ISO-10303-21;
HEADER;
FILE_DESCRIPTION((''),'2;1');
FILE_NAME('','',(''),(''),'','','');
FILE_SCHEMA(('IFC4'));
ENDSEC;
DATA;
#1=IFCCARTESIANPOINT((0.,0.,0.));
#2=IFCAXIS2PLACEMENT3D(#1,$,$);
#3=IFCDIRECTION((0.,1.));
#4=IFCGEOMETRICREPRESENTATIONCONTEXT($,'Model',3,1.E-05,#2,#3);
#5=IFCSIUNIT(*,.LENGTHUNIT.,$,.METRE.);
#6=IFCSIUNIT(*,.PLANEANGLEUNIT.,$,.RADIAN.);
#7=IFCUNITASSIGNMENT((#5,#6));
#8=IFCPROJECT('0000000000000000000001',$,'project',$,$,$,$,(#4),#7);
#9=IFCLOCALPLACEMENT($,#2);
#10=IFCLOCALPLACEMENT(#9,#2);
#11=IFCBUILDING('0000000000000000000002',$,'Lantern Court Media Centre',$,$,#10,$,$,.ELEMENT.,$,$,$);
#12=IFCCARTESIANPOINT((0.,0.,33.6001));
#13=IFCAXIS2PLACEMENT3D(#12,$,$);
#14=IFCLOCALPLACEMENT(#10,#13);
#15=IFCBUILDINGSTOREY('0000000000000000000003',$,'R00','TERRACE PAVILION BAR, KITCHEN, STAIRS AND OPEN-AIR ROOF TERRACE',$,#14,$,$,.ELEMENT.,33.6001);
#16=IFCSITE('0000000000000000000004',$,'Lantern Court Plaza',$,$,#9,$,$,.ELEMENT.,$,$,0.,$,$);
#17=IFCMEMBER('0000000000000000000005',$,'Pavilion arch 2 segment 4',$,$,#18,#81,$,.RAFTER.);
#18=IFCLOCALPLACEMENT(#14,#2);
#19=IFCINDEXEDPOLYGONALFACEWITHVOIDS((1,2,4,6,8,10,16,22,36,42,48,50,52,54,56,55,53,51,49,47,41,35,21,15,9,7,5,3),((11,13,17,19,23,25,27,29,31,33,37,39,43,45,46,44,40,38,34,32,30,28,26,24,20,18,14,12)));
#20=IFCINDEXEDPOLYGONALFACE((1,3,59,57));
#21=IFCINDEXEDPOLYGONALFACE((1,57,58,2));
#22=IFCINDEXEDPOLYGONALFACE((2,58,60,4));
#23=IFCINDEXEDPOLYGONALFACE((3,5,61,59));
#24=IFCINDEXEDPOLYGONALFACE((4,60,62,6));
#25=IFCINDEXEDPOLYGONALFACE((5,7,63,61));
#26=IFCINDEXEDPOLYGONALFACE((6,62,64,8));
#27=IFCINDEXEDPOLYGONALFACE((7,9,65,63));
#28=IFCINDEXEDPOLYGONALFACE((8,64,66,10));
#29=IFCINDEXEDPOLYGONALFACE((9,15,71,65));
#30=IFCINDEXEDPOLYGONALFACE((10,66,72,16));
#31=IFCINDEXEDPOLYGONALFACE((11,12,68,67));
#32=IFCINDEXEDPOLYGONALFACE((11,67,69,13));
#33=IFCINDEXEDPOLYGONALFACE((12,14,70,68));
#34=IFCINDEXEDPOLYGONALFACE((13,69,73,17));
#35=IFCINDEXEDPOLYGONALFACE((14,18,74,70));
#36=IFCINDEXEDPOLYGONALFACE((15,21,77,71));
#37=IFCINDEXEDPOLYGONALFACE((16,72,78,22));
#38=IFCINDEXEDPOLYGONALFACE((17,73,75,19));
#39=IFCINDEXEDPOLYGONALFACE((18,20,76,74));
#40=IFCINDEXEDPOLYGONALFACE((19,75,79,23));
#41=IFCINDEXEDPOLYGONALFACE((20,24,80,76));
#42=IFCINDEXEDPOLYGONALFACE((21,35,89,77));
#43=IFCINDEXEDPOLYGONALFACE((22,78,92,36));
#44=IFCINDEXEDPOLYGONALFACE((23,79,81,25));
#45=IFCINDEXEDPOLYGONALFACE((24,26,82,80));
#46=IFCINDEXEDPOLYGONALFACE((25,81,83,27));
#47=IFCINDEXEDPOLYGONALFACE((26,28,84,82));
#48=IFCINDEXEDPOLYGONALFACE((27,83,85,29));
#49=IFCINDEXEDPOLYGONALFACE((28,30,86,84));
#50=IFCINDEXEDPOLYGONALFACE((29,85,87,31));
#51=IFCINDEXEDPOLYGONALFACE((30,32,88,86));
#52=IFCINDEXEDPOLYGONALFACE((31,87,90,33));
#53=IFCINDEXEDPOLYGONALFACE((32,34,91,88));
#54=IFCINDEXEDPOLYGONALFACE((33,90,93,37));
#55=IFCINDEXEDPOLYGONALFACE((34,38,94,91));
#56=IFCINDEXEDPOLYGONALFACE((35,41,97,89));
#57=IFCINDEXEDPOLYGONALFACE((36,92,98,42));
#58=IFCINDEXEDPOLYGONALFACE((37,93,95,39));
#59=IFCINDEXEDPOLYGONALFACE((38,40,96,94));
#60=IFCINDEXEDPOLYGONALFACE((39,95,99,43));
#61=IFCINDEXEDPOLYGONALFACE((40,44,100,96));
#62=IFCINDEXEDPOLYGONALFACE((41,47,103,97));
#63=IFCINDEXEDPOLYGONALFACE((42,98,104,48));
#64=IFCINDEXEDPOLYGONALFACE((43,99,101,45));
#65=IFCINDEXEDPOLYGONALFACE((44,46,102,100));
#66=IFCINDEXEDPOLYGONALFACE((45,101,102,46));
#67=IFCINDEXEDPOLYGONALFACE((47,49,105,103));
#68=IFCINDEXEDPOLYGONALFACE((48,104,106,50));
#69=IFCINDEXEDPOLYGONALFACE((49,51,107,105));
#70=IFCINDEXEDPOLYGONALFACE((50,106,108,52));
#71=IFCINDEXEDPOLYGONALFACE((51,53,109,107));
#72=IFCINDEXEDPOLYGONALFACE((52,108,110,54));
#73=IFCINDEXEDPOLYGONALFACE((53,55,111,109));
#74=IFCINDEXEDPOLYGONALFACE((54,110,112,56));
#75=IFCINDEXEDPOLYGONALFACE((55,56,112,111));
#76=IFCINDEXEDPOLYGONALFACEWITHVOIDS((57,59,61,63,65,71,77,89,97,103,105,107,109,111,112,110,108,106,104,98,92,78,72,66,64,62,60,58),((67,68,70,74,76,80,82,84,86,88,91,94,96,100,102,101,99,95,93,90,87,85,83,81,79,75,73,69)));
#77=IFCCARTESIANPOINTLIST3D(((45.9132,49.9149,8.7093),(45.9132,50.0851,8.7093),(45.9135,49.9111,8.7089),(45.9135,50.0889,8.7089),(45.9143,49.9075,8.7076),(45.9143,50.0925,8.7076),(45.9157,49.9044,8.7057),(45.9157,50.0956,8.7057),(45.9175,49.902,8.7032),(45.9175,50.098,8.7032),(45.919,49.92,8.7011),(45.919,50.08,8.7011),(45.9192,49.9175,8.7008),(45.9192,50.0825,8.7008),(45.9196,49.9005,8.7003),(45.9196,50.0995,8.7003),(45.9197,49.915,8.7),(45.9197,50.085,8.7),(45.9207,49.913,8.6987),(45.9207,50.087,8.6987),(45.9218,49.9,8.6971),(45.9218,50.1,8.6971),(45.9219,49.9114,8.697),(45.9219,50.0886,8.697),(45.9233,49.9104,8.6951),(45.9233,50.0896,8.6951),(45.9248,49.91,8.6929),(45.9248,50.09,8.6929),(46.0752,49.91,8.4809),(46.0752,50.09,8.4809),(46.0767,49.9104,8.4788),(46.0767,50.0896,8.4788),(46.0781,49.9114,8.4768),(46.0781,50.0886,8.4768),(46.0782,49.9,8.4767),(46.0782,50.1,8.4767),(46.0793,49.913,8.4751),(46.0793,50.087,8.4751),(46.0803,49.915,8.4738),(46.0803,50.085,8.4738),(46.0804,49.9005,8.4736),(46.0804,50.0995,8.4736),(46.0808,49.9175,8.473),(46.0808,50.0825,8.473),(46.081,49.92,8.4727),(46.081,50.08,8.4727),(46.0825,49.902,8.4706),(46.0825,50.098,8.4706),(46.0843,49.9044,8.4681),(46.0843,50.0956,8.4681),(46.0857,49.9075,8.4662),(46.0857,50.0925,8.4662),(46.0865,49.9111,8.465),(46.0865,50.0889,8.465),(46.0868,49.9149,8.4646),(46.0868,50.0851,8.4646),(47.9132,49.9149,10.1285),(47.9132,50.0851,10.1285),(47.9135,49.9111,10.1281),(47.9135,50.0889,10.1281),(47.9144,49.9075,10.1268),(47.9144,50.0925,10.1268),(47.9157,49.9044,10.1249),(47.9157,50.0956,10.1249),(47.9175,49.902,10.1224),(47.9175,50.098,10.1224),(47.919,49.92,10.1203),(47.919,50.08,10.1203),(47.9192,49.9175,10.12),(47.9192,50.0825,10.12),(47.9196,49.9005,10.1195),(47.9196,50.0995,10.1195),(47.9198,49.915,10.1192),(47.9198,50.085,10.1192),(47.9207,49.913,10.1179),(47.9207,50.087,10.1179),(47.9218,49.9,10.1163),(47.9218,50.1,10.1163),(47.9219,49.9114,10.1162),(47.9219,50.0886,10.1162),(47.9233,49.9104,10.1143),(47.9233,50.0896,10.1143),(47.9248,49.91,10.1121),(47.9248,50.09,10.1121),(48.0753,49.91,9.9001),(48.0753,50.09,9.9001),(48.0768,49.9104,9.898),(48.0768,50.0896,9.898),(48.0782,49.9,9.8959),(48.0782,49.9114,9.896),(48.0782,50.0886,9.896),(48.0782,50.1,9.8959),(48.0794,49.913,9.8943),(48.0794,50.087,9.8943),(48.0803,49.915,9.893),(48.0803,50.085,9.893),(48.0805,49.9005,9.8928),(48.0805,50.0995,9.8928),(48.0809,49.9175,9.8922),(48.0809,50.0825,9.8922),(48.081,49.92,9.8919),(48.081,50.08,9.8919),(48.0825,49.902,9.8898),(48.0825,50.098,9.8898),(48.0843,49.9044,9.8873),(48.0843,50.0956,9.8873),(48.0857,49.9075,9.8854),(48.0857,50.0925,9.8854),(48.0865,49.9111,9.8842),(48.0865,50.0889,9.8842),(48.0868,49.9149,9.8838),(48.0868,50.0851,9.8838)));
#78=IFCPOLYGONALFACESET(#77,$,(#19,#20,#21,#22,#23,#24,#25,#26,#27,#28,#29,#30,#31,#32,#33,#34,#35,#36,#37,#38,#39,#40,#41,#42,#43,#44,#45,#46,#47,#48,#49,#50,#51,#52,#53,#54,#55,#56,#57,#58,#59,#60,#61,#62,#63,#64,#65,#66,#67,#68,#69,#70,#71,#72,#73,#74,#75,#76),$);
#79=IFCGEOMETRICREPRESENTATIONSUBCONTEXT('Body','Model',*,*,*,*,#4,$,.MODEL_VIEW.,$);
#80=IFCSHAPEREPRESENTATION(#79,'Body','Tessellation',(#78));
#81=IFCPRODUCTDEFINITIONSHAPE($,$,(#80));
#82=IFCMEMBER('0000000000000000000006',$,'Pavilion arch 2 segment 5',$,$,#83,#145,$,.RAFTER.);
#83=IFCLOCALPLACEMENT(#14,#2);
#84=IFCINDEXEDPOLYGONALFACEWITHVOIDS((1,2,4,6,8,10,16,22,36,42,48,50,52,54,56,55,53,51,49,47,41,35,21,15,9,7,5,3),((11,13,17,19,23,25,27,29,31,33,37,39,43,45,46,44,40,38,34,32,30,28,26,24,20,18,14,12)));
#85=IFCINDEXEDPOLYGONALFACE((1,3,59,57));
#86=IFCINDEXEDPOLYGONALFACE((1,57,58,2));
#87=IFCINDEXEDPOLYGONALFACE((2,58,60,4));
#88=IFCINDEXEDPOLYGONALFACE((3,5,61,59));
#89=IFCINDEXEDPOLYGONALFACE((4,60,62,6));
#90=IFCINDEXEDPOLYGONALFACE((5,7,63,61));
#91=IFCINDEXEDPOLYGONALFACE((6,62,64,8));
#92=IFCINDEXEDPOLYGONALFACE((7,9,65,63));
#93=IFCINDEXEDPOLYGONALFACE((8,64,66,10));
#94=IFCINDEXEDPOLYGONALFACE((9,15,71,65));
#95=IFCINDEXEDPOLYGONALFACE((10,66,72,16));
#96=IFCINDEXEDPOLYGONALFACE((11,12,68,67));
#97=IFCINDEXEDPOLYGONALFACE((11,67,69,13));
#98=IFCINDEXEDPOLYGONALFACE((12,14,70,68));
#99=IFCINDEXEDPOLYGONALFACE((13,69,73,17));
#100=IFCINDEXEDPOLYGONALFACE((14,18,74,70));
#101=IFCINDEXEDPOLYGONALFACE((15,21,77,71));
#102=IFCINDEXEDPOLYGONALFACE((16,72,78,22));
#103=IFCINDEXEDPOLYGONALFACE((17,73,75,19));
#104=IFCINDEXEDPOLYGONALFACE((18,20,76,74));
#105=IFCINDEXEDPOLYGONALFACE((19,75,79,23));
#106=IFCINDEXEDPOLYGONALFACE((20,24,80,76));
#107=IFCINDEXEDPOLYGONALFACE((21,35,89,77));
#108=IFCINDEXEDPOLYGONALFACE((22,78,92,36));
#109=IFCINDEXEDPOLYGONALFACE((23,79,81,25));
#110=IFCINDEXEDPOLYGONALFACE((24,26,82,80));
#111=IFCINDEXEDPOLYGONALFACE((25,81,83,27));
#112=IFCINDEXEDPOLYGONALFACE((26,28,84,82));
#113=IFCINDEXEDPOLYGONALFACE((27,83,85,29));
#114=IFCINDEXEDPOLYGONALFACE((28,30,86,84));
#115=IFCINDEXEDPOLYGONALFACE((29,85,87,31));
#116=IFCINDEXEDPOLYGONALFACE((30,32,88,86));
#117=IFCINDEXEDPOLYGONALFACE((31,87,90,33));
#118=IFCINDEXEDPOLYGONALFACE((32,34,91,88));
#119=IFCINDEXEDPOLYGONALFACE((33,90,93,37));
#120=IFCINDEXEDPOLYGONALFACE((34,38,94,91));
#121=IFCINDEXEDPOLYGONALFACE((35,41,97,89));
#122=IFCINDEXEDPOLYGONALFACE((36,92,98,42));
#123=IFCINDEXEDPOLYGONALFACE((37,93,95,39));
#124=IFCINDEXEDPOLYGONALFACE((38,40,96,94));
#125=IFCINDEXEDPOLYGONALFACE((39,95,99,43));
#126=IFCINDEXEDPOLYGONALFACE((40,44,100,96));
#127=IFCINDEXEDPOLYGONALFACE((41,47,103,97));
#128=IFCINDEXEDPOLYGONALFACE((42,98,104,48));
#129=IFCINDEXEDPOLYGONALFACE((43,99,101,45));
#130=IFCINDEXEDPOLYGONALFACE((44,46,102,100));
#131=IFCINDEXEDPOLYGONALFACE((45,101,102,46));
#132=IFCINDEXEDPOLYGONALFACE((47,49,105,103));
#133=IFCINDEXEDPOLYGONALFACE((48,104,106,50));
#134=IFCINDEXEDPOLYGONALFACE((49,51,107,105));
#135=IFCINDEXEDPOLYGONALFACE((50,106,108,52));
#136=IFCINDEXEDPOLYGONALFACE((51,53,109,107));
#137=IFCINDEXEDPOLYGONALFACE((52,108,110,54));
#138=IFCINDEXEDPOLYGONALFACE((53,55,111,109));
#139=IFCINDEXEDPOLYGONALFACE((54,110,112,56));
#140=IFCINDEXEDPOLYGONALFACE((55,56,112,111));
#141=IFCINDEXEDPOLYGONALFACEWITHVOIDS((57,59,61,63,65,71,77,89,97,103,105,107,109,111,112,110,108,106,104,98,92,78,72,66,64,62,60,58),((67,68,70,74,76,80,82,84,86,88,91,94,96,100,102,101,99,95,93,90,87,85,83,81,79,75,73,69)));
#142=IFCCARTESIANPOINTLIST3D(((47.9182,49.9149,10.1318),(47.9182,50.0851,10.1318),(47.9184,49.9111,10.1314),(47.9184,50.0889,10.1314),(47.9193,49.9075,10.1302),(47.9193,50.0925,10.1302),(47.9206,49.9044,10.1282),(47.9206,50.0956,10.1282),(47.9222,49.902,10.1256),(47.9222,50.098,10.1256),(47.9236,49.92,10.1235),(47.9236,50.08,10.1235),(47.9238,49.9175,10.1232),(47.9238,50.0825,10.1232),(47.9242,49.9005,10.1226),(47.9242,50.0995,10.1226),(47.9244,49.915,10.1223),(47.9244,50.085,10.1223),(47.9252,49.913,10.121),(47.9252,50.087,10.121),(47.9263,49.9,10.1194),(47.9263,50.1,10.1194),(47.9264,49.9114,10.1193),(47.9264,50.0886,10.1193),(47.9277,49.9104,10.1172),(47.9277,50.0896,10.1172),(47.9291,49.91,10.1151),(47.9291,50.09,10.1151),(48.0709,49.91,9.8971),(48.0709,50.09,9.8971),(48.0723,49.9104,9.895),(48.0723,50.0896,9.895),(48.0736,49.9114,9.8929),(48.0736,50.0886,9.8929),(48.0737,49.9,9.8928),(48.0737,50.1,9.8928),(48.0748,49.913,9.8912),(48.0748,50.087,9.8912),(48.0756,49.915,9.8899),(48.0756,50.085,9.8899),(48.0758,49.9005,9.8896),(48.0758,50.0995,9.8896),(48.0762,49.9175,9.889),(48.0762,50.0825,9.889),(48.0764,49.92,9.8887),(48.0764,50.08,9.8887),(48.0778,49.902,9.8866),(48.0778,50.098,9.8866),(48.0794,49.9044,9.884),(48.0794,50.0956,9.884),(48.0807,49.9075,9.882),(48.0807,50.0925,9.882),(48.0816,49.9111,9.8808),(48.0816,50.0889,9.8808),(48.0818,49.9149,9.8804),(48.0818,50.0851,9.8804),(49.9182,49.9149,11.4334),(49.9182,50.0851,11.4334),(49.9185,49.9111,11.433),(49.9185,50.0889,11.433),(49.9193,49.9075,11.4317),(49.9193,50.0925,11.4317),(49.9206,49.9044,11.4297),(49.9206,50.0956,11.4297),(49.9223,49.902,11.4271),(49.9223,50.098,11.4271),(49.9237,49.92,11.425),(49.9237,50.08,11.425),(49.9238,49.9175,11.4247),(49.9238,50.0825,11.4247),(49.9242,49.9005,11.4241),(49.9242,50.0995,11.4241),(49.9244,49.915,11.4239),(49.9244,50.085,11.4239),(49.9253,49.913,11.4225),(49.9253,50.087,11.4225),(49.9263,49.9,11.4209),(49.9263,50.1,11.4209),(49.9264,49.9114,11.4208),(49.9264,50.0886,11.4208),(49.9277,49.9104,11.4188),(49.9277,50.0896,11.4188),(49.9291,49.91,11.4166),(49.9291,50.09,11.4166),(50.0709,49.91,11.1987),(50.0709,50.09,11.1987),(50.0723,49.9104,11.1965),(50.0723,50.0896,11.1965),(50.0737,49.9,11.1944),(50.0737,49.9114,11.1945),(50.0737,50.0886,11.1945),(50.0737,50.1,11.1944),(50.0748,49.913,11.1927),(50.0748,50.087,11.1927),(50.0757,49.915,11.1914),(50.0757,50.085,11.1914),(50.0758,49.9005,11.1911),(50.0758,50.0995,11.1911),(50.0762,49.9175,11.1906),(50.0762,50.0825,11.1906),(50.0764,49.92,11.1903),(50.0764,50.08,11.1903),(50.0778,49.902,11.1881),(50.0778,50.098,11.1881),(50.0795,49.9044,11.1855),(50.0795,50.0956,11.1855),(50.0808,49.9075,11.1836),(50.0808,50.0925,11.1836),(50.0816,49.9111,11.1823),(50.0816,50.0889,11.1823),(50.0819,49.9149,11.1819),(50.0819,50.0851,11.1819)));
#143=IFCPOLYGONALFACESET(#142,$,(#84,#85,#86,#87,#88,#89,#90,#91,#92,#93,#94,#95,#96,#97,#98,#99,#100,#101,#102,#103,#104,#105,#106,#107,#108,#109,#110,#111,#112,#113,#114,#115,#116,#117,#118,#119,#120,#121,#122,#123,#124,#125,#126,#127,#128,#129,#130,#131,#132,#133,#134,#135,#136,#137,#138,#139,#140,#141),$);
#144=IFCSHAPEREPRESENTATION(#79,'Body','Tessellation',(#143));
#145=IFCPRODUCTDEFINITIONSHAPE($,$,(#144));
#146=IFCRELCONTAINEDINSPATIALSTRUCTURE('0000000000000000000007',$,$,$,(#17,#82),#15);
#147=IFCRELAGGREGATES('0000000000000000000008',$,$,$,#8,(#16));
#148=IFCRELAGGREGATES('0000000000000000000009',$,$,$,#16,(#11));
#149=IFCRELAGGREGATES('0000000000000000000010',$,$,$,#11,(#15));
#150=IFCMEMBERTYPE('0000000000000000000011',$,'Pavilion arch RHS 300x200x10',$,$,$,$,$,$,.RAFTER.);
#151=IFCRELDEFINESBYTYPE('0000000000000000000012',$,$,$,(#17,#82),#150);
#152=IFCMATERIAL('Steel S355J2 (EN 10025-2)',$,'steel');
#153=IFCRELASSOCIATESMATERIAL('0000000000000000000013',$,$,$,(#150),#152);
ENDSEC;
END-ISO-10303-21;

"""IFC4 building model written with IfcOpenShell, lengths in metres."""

from ifc_helpers import new_model, si_unit, direction, frame, origin, origin_2d, place, context, subcontext, project, spatial, hollow_rectangle, extrude, material, material_profile, profile_set, type_object, element, save


model = new_model("IFC4")

# Units and contexts
model_context = context("Model", 3, precision=1e-05, world=origin(), true_north=direction((0.0, 1.0)))
body_context = subcontext(model_context, "Body", "Model", "MODEL_VIEW")
ifc_project = project(units=[si_unit("LENGTHUNIT", "METRE"), si_unit("PLANEANGLEUNIT", "RADIAN")], contexts=[model_context])

# Site, building, storey
site_placement = place(None, origin())
site = spatial("IfcSite", under=ifc_project, at=site_placement, Name="Lantern Court Plaza", CompositionType="ELEMENT", RefElevation=0.0)
building_placement = place(site_placement, origin())
building = spatial("IfcBuilding", under=site, at=building_placement, Name="Lantern Court Media Centre", CompositionType="ELEMENT")
storey_placement = place(building_placement, frame((0.0, 0.0, 33.6001)))
storey = spatial("IfcBuildingStorey", under=building, at=storey_placement, Name="R00", Description="TERRACE PAVILION BAR, KITCHEN, STAIRS AND OPEN-AIR ROOF TERRACE", CompositionType="ELEMENT", Elevation=33.6001)

# Members
ifc_material_1 = material(Name="Steel S355J2 (EN 10025-2)", Category="steel")
ifc_material_profile_1 = material_profile(ifc_material_1, hollow_rectangle(XDim=0.2, YDim=0.3, WallThickness=0.01, InnerFilletRadius=0.01, OuterFilletRadius=0.0149, at=origin_2d()), Name="Pavilion arch RHS 300x200x10")
ifc_profile_set_1 = profile_set([ifc_material_profile_1], Name="Steel S355J2 (EN 10025-2)")
member_type_1 = type_object("IfcMemberType", Name="Pavilion arch RHS 300x200x10", PredefinedType="RAFTER", material=ifc_profile_set_1)
member_1_placement = place(storey_placement, frame((46.0, 50.0, 8.5869), z_axis=(0.815539, 0.0, 0.578702), x_axis=(0.0, 1.0, 0.0)))
element("IfcMember", 1, at=member_1_placement, inside=storey, type_object=member_type_1, Name="Pavilion arch 2 segment 4", PredefinedType="RAFTER", context=body_context, shape_type="SweptSolid", body=[
    extrude(hollow_rectangle(XDim=0.2, YDim=0.3, WallThickness=0.01, InnerFilletRadius=0.01, OuterFilletRadius=0.0149, at=origin_2d()), origin(), (0.0, 0.0, 1.0), 2.4524),
])
member_2_placement = place(storey_placement, frame((48.0, 50.0, 10.0061), z_axis=(0.838154, 0.0, 0.545434), x_axis=(0.0, 1.0, 0.0)))
element("IfcMember", 2, at=member_2_placement, inside=storey, type_object=member_type_1, Name="Pavilion arch 2 segment 5", PredefinedType="RAFTER", context=body_context, shape_type="SweptSolid", body=[
    extrude(hollow_rectangle(XDim=0.2, YDim=0.3, WallThickness=0.01, InnerFilletRadius=0.01, OuterFilletRadius=0.0149, at=origin_2d()), origin(), (0.0, 0.0, 1.0), 2.3862),
])

save(model, "model.ifc")
